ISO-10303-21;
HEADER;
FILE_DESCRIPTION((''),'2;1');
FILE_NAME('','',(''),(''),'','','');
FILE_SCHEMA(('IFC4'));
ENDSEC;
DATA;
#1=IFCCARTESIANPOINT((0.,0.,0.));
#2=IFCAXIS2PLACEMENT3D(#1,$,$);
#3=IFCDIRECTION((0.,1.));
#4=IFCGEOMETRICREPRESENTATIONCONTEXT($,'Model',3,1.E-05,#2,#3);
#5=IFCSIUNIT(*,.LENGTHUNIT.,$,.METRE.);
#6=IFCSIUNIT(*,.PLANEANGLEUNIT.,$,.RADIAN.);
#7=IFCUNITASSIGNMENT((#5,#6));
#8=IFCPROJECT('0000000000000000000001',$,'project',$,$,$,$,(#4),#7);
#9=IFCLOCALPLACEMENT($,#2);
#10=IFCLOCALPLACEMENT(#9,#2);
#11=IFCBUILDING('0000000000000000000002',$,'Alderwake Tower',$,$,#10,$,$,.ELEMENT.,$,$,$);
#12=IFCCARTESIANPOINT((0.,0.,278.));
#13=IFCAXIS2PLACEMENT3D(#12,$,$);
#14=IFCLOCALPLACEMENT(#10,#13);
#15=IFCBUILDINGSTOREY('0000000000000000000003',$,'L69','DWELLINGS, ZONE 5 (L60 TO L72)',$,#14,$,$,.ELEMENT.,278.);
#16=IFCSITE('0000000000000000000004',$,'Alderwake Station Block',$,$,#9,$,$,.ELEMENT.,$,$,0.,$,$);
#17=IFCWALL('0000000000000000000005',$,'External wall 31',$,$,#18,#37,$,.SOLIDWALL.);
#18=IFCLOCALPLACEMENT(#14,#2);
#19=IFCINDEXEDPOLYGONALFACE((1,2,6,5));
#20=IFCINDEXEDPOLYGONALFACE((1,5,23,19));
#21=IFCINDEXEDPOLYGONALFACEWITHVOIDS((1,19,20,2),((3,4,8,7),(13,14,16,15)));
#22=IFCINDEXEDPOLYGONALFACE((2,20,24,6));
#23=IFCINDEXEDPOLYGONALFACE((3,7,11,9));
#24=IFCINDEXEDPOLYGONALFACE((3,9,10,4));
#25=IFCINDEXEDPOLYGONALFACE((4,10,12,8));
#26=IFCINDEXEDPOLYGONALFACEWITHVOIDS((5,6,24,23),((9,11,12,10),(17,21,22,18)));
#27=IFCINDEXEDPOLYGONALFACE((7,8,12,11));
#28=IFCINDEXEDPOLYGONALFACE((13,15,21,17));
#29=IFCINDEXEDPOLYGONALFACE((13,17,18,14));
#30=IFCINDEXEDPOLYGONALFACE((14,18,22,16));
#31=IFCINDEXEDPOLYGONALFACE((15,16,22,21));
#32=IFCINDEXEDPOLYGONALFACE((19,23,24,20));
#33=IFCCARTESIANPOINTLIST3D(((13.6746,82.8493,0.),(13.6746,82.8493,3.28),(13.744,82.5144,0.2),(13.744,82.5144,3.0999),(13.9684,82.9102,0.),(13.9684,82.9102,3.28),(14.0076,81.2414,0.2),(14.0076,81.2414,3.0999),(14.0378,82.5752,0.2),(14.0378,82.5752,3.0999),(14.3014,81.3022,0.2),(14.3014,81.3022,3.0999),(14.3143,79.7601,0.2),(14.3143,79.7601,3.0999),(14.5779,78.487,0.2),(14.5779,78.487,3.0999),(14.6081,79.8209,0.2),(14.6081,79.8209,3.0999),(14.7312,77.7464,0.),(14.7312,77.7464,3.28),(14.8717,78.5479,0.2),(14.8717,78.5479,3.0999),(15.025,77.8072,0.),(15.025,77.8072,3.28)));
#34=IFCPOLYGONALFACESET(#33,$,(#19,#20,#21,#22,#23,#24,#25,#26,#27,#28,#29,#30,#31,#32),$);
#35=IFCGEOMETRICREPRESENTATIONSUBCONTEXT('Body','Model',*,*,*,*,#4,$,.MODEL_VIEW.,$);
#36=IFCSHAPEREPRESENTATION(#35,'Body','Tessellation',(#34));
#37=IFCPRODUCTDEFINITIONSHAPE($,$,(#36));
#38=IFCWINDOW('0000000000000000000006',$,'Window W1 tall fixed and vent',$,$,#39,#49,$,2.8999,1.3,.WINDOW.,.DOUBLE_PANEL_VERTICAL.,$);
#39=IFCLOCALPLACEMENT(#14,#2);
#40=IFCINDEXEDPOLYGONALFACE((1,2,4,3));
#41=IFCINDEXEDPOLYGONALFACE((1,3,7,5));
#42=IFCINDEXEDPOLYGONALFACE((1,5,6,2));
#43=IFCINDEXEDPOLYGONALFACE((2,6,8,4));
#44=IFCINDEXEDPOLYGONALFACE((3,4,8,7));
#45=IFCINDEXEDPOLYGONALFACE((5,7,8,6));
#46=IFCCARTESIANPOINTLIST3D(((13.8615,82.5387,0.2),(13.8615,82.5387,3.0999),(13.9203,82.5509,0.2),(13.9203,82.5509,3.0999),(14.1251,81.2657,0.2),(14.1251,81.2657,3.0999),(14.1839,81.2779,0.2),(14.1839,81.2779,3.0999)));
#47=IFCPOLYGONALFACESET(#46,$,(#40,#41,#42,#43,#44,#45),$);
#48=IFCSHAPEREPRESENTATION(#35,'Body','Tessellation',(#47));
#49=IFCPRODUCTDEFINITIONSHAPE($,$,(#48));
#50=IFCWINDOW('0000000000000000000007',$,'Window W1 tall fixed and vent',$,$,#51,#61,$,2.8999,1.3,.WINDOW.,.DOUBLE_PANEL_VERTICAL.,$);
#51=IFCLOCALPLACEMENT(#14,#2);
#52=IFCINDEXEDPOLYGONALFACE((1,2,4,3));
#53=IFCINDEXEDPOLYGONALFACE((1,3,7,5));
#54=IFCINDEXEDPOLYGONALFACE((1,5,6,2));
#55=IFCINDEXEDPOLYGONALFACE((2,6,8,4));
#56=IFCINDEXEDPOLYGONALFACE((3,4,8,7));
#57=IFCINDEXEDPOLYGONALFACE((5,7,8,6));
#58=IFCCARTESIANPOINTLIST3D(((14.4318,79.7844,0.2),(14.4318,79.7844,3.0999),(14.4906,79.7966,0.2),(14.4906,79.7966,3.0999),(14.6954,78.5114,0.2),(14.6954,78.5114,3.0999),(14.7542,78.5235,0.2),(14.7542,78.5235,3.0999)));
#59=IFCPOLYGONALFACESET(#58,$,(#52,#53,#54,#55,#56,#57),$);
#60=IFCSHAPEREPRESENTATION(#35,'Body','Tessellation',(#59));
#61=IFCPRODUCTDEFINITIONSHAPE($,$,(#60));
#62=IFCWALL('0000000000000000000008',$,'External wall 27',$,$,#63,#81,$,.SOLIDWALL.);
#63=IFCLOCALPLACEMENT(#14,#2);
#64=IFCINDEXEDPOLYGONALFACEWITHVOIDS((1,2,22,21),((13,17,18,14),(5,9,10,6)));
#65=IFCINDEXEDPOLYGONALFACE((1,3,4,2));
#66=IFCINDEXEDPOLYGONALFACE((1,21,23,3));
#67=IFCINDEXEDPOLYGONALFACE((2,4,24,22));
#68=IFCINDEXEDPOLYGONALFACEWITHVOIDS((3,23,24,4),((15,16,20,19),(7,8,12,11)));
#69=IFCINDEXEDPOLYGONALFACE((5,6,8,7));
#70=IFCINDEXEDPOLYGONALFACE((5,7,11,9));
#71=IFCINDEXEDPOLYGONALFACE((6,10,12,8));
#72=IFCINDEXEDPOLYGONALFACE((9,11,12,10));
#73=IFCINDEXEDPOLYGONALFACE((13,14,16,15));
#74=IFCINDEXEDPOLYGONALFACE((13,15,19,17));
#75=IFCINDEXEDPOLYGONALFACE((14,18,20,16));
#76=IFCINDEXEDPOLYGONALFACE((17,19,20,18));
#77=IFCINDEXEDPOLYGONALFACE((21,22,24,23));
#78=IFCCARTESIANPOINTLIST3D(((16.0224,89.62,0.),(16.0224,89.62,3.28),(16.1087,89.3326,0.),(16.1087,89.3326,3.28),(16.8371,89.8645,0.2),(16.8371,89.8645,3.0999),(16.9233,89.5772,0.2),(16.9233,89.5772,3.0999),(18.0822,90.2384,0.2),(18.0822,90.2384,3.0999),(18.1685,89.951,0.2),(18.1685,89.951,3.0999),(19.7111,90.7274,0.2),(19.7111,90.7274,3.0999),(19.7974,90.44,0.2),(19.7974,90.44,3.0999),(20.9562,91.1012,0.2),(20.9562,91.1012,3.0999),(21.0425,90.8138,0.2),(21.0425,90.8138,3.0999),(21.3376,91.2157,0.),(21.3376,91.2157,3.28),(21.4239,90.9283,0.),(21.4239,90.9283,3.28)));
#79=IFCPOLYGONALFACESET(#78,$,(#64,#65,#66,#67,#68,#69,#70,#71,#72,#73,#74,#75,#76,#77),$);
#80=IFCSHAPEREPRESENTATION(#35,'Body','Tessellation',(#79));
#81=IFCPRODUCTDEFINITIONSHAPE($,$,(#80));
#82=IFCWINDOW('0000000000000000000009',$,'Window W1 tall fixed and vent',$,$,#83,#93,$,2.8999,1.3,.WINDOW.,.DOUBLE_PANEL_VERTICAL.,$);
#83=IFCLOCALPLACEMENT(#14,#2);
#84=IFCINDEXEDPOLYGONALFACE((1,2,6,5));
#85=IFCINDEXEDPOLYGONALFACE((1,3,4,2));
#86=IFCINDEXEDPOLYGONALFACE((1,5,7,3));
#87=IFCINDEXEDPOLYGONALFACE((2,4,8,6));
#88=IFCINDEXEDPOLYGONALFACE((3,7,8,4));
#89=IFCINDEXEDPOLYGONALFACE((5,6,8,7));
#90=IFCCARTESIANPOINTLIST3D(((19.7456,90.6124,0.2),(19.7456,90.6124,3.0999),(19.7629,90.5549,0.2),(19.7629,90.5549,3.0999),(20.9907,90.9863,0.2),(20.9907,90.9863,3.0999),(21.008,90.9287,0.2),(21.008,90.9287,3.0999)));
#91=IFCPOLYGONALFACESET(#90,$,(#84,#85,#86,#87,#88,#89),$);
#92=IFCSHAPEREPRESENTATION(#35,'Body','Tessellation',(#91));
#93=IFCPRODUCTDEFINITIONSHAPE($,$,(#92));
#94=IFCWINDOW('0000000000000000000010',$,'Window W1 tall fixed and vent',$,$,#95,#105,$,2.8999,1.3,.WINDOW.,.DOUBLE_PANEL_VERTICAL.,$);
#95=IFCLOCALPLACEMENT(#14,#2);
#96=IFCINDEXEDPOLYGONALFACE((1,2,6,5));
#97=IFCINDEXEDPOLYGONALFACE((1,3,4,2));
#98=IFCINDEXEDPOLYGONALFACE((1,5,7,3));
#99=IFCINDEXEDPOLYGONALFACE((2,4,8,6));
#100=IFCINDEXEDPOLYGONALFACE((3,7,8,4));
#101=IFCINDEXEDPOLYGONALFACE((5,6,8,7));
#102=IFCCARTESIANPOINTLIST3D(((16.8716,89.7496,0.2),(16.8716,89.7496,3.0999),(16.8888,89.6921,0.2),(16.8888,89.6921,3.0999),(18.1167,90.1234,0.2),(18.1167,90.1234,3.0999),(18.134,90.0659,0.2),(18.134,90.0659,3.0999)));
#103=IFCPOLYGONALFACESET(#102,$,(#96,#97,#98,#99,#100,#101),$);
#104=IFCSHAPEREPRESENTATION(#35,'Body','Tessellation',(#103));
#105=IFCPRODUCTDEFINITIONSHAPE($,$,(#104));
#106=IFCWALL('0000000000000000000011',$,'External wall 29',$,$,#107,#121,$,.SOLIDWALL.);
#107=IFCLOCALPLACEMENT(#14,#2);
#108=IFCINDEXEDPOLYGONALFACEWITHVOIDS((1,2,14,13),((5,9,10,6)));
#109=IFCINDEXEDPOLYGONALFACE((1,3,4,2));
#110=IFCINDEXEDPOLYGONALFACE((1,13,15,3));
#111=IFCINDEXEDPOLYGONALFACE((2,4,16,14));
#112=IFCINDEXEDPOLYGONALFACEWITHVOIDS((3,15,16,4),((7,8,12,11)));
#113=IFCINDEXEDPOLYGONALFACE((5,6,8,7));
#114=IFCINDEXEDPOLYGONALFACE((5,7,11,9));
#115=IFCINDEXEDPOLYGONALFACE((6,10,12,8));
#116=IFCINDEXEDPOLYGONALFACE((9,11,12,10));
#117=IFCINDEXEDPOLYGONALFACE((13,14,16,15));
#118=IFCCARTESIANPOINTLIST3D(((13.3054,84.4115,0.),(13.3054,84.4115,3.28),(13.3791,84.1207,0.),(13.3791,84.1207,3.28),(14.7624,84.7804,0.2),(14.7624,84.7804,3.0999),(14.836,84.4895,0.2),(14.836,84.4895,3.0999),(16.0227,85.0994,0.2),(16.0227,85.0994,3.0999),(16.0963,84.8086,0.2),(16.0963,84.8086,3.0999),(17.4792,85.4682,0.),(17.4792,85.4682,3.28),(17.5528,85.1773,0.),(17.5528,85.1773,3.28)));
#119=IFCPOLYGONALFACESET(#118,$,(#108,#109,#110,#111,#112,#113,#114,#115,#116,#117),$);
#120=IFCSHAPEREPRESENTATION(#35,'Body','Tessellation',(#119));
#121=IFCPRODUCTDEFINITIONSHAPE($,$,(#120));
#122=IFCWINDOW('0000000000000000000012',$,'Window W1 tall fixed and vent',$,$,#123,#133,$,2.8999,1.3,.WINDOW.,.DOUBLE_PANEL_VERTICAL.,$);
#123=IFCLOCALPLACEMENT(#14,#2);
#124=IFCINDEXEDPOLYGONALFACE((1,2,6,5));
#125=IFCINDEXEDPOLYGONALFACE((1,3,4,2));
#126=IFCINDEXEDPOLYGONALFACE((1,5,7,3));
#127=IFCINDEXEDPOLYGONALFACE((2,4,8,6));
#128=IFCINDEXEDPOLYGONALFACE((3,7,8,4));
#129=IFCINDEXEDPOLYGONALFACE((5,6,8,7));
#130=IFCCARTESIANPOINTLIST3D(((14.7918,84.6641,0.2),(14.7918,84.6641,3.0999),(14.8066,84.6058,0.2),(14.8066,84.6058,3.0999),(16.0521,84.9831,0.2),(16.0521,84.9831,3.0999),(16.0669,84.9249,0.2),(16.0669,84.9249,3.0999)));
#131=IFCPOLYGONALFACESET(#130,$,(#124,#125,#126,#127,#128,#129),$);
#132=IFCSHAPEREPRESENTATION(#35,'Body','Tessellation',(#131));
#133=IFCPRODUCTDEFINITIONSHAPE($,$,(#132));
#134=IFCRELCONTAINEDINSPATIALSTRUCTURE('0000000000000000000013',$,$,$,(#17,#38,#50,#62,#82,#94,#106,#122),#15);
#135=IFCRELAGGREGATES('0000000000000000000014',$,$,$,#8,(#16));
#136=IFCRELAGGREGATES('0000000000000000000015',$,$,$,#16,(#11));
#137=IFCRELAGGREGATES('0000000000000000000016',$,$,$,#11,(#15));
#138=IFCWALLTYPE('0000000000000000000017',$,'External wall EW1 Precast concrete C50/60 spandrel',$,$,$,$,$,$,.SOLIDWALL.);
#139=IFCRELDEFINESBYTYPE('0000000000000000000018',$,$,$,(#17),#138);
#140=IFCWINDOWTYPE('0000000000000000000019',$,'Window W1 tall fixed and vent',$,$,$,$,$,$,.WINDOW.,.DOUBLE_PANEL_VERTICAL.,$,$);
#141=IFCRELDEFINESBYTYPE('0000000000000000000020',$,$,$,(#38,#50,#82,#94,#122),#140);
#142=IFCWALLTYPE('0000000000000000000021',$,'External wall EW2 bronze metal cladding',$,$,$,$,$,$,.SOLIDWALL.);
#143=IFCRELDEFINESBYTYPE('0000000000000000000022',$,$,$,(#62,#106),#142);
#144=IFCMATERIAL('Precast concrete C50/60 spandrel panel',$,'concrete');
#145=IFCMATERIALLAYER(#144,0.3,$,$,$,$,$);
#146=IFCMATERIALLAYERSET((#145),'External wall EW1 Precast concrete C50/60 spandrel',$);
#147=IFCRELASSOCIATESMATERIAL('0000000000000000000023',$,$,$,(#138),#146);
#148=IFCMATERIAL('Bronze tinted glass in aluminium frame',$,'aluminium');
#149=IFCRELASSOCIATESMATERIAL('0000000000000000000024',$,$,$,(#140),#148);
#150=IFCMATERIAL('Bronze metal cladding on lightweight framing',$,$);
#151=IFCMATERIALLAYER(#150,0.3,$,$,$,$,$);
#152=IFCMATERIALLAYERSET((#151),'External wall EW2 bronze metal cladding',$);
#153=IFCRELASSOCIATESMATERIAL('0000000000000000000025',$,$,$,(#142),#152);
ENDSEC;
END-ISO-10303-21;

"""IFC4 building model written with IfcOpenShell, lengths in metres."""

from ifc_helpers import new_model, si_unit, direction, frame, frame_2d, origin, place, context, subcontext, project, spatial, rectangle, extrude, material, layer, layer_set, type_object, element, fill, save


model = new_model("IFC4")

# Units and contexts
model_context = context("Model", 3, precision=1e-05, world=origin(), true_north=direction((0.0, 1.0)))
body_context = subcontext(model_context, "Body", "Model", "MODEL_VIEW")
ifc_project = project(units=[si_unit("LENGTHUNIT", "METRE"), si_unit("PLANEANGLEUNIT", "RADIAN")], contexts=[model_context])

# Site, building, storey
site_placement = place(None, origin())
site = spatial("IfcSite", under=ifc_project, at=site_placement, Name="Alderwake Station Block", CompositionType="ELEMENT", RefElevation=0.0)
building_placement = place(site_placement, origin())
building = spatial("IfcBuilding", under=site, at=building_placement, Name="Alderwake Tower", CompositionType="ELEMENT")
storey_placement = place(building_placement, frame((0.0, 0.0, 278.0)))
storey = spatial("IfcBuildingStorey", under=building, at=storey_placement, Name="L69", Description="DWELLINGS, ZONE 5 (L60 TO L72)", CompositionType="ELEMENT", Elevation=278.0)

# Shared definitions
ifc_material_1 = material(Name="Precast concrete C50/60 spandrel panel", Category="concrete")
ifc_layer_1 = layer(ifc_material_1, 0.3)
ifc_layer_set_1 = layer_set([ifc_layer_1], Name="External wall EW1 Precast concrete C50/60 spandrel")
wall_type_1 = type_object("IfcWallType", Name="External wall EW1 Precast concrete C50/60 spandrel", PredefinedType="SOLIDWALL", material=ifc_layer_set_1)

# Walls, openings, windows
wall_1_placement = place(storey_placement, frame((13.8215, 82.8796, 0.0), z_axis=(0.0, 0.0, 1.0), x_axis=(0.202761, -0.979228, 0.0)))
wall_1 = element("IfcWall", 1, at=wall_1_placement, inside=storey, type_object=wall_type_1, Name="External wall 31", PredefinedType="SOLIDWALL", context=body_context, shape_type="SweptSolid", body=[
    extrude(rectangle(XDim=5.2112, YDim=0.3, at=frame_2d((2.6055, 0.0))), origin(), (0.0, 0.0, 1.0), 3.28),
])
opening_1_placement = place(wall_1_placement, frame((0.342, 0.0, 0.2)))
opening_1 = element("IfcOpeningElement", 2, at=opening_1_placement, cuts=wall_1, PredefinedType="OPENING", context=body_context, shape_type="SweptSolid", body=[
    extrude(rectangle(XDim=1.3, YDim=2.8999, at=frame_2d((0.6499, 1.45))), frame((0.0, 0.1599, 0.0), z_axis=(0.0, -1.0, 0.0), x_axis=(1.0, 0.0, 0.0)), (0.0, 0.0, 1.0), 0.3201),
])
opening_2_placement = place(wall_1_placement, frame((3.1548, 0.0, 0.2)))
opening_2 = element("IfcOpeningElement", 3, at=opening_2_placement, cuts=wall_1, PredefinedType="OPENING", context=body_context, shape_type="SweptSolid", body=[
    extrude(rectangle(XDim=1.3, YDim=2.8999, at=frame_2d((0.6499, 1.45))), frame((0.0, 0.1599, 0.0), z_axis=(0.0, -1.0, 0.0), x_axis=(1.0, 0.0, 0.0)), (0.0, 0.0, 1.0), 0.3201),
])
ifc_material_2 = material(Name="Bronze tinted glass in aluminium frame", Category="aluminium")
window_type = type_object("IfcWindowType", Name="Window W1 tall fixed and vent", PartitioningType="DOUBLE_PANEL_VERTICAL", PredefinedType="WINDOW", material=ifc_material_2)
window_1_placement = place(opening_1_placement, origin())
window_1 = element("IfcWindow", 4, at=window_1_placement, inside=storey, type_object=window_type, Name="Window W1 tall fixed and vent", OverallHeight=2.8999, OverallWidth=1.3, PartitioningType="DOUBLE_PANEL_VERTICAL", PredefinedType="WINDOW", context=body_context, shape_type="SweptSolid", body=[
    extrude(rectangle(XDim=1.3, YDim=2.8999, at=frame_2d((0.6499, 1.45))), frame((0.0, 0.03, 0.0), z_axis=(0.0, -1.0, 0.0), x_axis=(1.0, 0.0, 0.0)), (0.0, 0.0, 1.0), 0.0601),
])
fill(opening_1, window_1)
window_2_placement = place(opening_2_placement, origin())
window_2 = element("IfcWindow", 5, at=window_2_placement, inside=storey, type_object=window_type, Name="Window W1 tall fixed and vent", OverallHeight=2.8999, OverallWidth=1.3, PartitioningType="DOUBLE_PANEL_VERTICAL", PredefinedType="WINDOW", context=body_context, shape_type="SweptSolid", body=[
    extrude(rectangle(XDim=1.3, YDim=2.8999, at=frame_2d((0.6499, 1.45))), frame((0.0, 0.03, 0.0), z_axis=(0.0, -1.0, 0.0), x_axis=(1.0, 0.0, 0.0)), (0.0, 0.0, 1.0), 0.0601),
])
fill(opening_2, window_2)
ifc_material_3 = material(Name="Bronze metal cladding on lightweight framing")
ifc_layer_2 = layer(ifc_material_3, 0.3)
ifc_layer_set_2 = layer_set([ifc_layer_2], Name="External wall EW2 bronze metal cladding")
wall_type_2 = type_object("IfcWallType", Name="External wall EW2 bronze metal cladding", PredefinedType="SOLIDWALL", material=ifc_layer_set_2)
wall_2_placement = place(storey_placement, frame((21.3809, 91.072, 0.0), z_axis=(0.0, 0.0, 1.0), x_axis=(-0.957769, -0.287538, 0.0)))
wall_2 = element("IfcWall", 6, at=wall_2_placement, inside=storey, type_object=wall_type_2, Name="External wall 27", PredefinedType="SOLIDWALL", context=body_context, shape_type="SweptSolid", body=[
    extrude(rectangle(XDim=5.5496, YDim=0.3, at=frame_2d((2.7749, 0.0))), origin(), (0.0, 0.0, 1.0), 3.28),
])
opening_3_placement = place(wall_2_placement, frame((0.3984, 0.0, 0.2)))
opening_3 = element("IfcOpeningElement", 7, at=opening_3_placement, cuts=wall_2, PredefinedType="OPENING", context=body_context, shape_type="SweptSolid", body=[
    extrude(rectangle(XDim=1.3, YDim=2.8999, at=frame_2d((0.6499, 1.45))), frame((0.0, 0.1599, 0.0), z_axis=(0.0, -1.0, 0.0), x_axis=(1.0, 0.0, 0.0)), (0.0, 0.0, 1.0), 0.3201),
])
opening_4_placement = place(wall_2_placement, frame((3.3992, 0.0, 0.2)))
opening_4 = element("IfcOpeningElement", 8, at=opening_4_placement, cuts=wall_2, PredefinedType="OPENING", context=body_context, shape_type="SweptSolid", body=[
    extrude(rectangle(XDim=1.3, YDim=2.8999, at=frame_2d((0.6499, 1.45))), frame((0.0, 0.1599, 0.0), z_axis=(0.0, -1.0, 0.0), x_axis=(1.0, 0.0, 0.0)), (0.0, 0.0, 1.0), 0.3201),
])
window_3_placement = place(opening_3_placement, origin())
window_3 = element("IfcWindow", 9, at=window_3_placement, inside=storey, type_object=window_type, Name="Window W1 tall fixed and vent", OverallHeight=2.8999, OverallWidth=1.3, PartitioningType="DOUBLE_PANEL_VERTICAL", PredefinedType="WINDOW", context=body_context, shape_type="SweptSolid", body=[
    extrude(rectangle(XDim=1.3, YDim=2.8999, at=frame_2d((0.6499, 1.45))), frame((0.0, 0.03, 0.0), z_axis=(0.0, -1.0, 0.0), x_axis=(1.0, 0.0, 0.0)), (0.0, 0.0, 1.0), 0.0601),
])
fill(opening_3, window_3)
window_4_placement = place(opening_4_placement, origin())
window_4 = element("IfcWindow", 10, at=window_4_placement, inside=storey, type_object=window_type, Name="Window W1 tall fixed and vent", OverallHeight=2.8999, OverallWidth=1.3, PartitioningType="DOUBLE_PANEL_VERTICAL", PredefinedType="WINDOW", context=body_context, shape_type="SweptSolid", body=[
    extrude(rectangle(XDim=1.3, YDim=2.8999, at=frame_2d((0.6499, 1.45))), frame((0.0, 0.03, 0.0), z_axis=(0.0, -1.0, 0.0), x_axis=(1.0, 0.0, 0.0)), (0.0, 0.0, 1.0), 0.0601),
])
fill(opening_4, window_4)

# Wall, opening, window
wall_3_placement = place(storey_placement, frame((17.5161, 85.3228, 0.0), z_axis=(0.0, 0.0, 1.0), x_axis=(-0.969418, -0.245416, 0.0)))
wall_3 = element("IfcWall", 11, at=wall_3_placement, inside=storey, type_object=wall_type_2, Name="External wall 29", PredefinedType="SOLIDWALL", context=body_context, shape_type="SweptSolid", body=[
    extrude(rectangle(XDim=4.3054, YDim=0.3, at=frame_2d((2.1528, 0.0))), origin(), (0.0, 0.0, 1.0), 3.28),
])
opening_5_placement = place(wall_3_placement, frame((1.5027, 0.0, 0.2)))
opening_5 = element("IfcOpeningElement", 12, at=opening_5_placement, cuts=wall_3, PredefinedType="OPENING", context=body_context, shape_type="SweptSolid", body=[
    extrude(rectangle(XDim=1.3, YDim=2.8999, at=frame_2d((0.6499, 1.45))), frame((0.0, 0.1599, 0.0), z_axis=(0.0, -1.0, 0.0), x_axis=(1.0, 0.0, 0.0)), (0.0, 0.0, 1.0), 0.3201),
])
window_5_placement = place(opening_5_placement, origin())
window_5 = element("IfcWindow", 13, at=window_5_placement, inside=storey, type_object=window_type, Name="Window W1 tall fixed and vent", OverallHeight=2.8999, OverallWidth=1.3, PartitioningType="DOUBLE_PANEL_VERTICAL", PredefinedType="WINDOW", context=body_context, shape_type="SweptSolid", body=[
    extrude(rectangle(XDim=1.3, YDim=2.8999, at=frame_2d((0.6499, 1.45))), frame((0.0, 0.03, 0.0), z_axis=(0.0, -1.0, 0.0), x_axis=(1.0, 0.0, 0.0)), (0.0, 0.0, 1.0), 0.0601),
])
fill(opening_5, window_5)

save(model, "model.ifc")
